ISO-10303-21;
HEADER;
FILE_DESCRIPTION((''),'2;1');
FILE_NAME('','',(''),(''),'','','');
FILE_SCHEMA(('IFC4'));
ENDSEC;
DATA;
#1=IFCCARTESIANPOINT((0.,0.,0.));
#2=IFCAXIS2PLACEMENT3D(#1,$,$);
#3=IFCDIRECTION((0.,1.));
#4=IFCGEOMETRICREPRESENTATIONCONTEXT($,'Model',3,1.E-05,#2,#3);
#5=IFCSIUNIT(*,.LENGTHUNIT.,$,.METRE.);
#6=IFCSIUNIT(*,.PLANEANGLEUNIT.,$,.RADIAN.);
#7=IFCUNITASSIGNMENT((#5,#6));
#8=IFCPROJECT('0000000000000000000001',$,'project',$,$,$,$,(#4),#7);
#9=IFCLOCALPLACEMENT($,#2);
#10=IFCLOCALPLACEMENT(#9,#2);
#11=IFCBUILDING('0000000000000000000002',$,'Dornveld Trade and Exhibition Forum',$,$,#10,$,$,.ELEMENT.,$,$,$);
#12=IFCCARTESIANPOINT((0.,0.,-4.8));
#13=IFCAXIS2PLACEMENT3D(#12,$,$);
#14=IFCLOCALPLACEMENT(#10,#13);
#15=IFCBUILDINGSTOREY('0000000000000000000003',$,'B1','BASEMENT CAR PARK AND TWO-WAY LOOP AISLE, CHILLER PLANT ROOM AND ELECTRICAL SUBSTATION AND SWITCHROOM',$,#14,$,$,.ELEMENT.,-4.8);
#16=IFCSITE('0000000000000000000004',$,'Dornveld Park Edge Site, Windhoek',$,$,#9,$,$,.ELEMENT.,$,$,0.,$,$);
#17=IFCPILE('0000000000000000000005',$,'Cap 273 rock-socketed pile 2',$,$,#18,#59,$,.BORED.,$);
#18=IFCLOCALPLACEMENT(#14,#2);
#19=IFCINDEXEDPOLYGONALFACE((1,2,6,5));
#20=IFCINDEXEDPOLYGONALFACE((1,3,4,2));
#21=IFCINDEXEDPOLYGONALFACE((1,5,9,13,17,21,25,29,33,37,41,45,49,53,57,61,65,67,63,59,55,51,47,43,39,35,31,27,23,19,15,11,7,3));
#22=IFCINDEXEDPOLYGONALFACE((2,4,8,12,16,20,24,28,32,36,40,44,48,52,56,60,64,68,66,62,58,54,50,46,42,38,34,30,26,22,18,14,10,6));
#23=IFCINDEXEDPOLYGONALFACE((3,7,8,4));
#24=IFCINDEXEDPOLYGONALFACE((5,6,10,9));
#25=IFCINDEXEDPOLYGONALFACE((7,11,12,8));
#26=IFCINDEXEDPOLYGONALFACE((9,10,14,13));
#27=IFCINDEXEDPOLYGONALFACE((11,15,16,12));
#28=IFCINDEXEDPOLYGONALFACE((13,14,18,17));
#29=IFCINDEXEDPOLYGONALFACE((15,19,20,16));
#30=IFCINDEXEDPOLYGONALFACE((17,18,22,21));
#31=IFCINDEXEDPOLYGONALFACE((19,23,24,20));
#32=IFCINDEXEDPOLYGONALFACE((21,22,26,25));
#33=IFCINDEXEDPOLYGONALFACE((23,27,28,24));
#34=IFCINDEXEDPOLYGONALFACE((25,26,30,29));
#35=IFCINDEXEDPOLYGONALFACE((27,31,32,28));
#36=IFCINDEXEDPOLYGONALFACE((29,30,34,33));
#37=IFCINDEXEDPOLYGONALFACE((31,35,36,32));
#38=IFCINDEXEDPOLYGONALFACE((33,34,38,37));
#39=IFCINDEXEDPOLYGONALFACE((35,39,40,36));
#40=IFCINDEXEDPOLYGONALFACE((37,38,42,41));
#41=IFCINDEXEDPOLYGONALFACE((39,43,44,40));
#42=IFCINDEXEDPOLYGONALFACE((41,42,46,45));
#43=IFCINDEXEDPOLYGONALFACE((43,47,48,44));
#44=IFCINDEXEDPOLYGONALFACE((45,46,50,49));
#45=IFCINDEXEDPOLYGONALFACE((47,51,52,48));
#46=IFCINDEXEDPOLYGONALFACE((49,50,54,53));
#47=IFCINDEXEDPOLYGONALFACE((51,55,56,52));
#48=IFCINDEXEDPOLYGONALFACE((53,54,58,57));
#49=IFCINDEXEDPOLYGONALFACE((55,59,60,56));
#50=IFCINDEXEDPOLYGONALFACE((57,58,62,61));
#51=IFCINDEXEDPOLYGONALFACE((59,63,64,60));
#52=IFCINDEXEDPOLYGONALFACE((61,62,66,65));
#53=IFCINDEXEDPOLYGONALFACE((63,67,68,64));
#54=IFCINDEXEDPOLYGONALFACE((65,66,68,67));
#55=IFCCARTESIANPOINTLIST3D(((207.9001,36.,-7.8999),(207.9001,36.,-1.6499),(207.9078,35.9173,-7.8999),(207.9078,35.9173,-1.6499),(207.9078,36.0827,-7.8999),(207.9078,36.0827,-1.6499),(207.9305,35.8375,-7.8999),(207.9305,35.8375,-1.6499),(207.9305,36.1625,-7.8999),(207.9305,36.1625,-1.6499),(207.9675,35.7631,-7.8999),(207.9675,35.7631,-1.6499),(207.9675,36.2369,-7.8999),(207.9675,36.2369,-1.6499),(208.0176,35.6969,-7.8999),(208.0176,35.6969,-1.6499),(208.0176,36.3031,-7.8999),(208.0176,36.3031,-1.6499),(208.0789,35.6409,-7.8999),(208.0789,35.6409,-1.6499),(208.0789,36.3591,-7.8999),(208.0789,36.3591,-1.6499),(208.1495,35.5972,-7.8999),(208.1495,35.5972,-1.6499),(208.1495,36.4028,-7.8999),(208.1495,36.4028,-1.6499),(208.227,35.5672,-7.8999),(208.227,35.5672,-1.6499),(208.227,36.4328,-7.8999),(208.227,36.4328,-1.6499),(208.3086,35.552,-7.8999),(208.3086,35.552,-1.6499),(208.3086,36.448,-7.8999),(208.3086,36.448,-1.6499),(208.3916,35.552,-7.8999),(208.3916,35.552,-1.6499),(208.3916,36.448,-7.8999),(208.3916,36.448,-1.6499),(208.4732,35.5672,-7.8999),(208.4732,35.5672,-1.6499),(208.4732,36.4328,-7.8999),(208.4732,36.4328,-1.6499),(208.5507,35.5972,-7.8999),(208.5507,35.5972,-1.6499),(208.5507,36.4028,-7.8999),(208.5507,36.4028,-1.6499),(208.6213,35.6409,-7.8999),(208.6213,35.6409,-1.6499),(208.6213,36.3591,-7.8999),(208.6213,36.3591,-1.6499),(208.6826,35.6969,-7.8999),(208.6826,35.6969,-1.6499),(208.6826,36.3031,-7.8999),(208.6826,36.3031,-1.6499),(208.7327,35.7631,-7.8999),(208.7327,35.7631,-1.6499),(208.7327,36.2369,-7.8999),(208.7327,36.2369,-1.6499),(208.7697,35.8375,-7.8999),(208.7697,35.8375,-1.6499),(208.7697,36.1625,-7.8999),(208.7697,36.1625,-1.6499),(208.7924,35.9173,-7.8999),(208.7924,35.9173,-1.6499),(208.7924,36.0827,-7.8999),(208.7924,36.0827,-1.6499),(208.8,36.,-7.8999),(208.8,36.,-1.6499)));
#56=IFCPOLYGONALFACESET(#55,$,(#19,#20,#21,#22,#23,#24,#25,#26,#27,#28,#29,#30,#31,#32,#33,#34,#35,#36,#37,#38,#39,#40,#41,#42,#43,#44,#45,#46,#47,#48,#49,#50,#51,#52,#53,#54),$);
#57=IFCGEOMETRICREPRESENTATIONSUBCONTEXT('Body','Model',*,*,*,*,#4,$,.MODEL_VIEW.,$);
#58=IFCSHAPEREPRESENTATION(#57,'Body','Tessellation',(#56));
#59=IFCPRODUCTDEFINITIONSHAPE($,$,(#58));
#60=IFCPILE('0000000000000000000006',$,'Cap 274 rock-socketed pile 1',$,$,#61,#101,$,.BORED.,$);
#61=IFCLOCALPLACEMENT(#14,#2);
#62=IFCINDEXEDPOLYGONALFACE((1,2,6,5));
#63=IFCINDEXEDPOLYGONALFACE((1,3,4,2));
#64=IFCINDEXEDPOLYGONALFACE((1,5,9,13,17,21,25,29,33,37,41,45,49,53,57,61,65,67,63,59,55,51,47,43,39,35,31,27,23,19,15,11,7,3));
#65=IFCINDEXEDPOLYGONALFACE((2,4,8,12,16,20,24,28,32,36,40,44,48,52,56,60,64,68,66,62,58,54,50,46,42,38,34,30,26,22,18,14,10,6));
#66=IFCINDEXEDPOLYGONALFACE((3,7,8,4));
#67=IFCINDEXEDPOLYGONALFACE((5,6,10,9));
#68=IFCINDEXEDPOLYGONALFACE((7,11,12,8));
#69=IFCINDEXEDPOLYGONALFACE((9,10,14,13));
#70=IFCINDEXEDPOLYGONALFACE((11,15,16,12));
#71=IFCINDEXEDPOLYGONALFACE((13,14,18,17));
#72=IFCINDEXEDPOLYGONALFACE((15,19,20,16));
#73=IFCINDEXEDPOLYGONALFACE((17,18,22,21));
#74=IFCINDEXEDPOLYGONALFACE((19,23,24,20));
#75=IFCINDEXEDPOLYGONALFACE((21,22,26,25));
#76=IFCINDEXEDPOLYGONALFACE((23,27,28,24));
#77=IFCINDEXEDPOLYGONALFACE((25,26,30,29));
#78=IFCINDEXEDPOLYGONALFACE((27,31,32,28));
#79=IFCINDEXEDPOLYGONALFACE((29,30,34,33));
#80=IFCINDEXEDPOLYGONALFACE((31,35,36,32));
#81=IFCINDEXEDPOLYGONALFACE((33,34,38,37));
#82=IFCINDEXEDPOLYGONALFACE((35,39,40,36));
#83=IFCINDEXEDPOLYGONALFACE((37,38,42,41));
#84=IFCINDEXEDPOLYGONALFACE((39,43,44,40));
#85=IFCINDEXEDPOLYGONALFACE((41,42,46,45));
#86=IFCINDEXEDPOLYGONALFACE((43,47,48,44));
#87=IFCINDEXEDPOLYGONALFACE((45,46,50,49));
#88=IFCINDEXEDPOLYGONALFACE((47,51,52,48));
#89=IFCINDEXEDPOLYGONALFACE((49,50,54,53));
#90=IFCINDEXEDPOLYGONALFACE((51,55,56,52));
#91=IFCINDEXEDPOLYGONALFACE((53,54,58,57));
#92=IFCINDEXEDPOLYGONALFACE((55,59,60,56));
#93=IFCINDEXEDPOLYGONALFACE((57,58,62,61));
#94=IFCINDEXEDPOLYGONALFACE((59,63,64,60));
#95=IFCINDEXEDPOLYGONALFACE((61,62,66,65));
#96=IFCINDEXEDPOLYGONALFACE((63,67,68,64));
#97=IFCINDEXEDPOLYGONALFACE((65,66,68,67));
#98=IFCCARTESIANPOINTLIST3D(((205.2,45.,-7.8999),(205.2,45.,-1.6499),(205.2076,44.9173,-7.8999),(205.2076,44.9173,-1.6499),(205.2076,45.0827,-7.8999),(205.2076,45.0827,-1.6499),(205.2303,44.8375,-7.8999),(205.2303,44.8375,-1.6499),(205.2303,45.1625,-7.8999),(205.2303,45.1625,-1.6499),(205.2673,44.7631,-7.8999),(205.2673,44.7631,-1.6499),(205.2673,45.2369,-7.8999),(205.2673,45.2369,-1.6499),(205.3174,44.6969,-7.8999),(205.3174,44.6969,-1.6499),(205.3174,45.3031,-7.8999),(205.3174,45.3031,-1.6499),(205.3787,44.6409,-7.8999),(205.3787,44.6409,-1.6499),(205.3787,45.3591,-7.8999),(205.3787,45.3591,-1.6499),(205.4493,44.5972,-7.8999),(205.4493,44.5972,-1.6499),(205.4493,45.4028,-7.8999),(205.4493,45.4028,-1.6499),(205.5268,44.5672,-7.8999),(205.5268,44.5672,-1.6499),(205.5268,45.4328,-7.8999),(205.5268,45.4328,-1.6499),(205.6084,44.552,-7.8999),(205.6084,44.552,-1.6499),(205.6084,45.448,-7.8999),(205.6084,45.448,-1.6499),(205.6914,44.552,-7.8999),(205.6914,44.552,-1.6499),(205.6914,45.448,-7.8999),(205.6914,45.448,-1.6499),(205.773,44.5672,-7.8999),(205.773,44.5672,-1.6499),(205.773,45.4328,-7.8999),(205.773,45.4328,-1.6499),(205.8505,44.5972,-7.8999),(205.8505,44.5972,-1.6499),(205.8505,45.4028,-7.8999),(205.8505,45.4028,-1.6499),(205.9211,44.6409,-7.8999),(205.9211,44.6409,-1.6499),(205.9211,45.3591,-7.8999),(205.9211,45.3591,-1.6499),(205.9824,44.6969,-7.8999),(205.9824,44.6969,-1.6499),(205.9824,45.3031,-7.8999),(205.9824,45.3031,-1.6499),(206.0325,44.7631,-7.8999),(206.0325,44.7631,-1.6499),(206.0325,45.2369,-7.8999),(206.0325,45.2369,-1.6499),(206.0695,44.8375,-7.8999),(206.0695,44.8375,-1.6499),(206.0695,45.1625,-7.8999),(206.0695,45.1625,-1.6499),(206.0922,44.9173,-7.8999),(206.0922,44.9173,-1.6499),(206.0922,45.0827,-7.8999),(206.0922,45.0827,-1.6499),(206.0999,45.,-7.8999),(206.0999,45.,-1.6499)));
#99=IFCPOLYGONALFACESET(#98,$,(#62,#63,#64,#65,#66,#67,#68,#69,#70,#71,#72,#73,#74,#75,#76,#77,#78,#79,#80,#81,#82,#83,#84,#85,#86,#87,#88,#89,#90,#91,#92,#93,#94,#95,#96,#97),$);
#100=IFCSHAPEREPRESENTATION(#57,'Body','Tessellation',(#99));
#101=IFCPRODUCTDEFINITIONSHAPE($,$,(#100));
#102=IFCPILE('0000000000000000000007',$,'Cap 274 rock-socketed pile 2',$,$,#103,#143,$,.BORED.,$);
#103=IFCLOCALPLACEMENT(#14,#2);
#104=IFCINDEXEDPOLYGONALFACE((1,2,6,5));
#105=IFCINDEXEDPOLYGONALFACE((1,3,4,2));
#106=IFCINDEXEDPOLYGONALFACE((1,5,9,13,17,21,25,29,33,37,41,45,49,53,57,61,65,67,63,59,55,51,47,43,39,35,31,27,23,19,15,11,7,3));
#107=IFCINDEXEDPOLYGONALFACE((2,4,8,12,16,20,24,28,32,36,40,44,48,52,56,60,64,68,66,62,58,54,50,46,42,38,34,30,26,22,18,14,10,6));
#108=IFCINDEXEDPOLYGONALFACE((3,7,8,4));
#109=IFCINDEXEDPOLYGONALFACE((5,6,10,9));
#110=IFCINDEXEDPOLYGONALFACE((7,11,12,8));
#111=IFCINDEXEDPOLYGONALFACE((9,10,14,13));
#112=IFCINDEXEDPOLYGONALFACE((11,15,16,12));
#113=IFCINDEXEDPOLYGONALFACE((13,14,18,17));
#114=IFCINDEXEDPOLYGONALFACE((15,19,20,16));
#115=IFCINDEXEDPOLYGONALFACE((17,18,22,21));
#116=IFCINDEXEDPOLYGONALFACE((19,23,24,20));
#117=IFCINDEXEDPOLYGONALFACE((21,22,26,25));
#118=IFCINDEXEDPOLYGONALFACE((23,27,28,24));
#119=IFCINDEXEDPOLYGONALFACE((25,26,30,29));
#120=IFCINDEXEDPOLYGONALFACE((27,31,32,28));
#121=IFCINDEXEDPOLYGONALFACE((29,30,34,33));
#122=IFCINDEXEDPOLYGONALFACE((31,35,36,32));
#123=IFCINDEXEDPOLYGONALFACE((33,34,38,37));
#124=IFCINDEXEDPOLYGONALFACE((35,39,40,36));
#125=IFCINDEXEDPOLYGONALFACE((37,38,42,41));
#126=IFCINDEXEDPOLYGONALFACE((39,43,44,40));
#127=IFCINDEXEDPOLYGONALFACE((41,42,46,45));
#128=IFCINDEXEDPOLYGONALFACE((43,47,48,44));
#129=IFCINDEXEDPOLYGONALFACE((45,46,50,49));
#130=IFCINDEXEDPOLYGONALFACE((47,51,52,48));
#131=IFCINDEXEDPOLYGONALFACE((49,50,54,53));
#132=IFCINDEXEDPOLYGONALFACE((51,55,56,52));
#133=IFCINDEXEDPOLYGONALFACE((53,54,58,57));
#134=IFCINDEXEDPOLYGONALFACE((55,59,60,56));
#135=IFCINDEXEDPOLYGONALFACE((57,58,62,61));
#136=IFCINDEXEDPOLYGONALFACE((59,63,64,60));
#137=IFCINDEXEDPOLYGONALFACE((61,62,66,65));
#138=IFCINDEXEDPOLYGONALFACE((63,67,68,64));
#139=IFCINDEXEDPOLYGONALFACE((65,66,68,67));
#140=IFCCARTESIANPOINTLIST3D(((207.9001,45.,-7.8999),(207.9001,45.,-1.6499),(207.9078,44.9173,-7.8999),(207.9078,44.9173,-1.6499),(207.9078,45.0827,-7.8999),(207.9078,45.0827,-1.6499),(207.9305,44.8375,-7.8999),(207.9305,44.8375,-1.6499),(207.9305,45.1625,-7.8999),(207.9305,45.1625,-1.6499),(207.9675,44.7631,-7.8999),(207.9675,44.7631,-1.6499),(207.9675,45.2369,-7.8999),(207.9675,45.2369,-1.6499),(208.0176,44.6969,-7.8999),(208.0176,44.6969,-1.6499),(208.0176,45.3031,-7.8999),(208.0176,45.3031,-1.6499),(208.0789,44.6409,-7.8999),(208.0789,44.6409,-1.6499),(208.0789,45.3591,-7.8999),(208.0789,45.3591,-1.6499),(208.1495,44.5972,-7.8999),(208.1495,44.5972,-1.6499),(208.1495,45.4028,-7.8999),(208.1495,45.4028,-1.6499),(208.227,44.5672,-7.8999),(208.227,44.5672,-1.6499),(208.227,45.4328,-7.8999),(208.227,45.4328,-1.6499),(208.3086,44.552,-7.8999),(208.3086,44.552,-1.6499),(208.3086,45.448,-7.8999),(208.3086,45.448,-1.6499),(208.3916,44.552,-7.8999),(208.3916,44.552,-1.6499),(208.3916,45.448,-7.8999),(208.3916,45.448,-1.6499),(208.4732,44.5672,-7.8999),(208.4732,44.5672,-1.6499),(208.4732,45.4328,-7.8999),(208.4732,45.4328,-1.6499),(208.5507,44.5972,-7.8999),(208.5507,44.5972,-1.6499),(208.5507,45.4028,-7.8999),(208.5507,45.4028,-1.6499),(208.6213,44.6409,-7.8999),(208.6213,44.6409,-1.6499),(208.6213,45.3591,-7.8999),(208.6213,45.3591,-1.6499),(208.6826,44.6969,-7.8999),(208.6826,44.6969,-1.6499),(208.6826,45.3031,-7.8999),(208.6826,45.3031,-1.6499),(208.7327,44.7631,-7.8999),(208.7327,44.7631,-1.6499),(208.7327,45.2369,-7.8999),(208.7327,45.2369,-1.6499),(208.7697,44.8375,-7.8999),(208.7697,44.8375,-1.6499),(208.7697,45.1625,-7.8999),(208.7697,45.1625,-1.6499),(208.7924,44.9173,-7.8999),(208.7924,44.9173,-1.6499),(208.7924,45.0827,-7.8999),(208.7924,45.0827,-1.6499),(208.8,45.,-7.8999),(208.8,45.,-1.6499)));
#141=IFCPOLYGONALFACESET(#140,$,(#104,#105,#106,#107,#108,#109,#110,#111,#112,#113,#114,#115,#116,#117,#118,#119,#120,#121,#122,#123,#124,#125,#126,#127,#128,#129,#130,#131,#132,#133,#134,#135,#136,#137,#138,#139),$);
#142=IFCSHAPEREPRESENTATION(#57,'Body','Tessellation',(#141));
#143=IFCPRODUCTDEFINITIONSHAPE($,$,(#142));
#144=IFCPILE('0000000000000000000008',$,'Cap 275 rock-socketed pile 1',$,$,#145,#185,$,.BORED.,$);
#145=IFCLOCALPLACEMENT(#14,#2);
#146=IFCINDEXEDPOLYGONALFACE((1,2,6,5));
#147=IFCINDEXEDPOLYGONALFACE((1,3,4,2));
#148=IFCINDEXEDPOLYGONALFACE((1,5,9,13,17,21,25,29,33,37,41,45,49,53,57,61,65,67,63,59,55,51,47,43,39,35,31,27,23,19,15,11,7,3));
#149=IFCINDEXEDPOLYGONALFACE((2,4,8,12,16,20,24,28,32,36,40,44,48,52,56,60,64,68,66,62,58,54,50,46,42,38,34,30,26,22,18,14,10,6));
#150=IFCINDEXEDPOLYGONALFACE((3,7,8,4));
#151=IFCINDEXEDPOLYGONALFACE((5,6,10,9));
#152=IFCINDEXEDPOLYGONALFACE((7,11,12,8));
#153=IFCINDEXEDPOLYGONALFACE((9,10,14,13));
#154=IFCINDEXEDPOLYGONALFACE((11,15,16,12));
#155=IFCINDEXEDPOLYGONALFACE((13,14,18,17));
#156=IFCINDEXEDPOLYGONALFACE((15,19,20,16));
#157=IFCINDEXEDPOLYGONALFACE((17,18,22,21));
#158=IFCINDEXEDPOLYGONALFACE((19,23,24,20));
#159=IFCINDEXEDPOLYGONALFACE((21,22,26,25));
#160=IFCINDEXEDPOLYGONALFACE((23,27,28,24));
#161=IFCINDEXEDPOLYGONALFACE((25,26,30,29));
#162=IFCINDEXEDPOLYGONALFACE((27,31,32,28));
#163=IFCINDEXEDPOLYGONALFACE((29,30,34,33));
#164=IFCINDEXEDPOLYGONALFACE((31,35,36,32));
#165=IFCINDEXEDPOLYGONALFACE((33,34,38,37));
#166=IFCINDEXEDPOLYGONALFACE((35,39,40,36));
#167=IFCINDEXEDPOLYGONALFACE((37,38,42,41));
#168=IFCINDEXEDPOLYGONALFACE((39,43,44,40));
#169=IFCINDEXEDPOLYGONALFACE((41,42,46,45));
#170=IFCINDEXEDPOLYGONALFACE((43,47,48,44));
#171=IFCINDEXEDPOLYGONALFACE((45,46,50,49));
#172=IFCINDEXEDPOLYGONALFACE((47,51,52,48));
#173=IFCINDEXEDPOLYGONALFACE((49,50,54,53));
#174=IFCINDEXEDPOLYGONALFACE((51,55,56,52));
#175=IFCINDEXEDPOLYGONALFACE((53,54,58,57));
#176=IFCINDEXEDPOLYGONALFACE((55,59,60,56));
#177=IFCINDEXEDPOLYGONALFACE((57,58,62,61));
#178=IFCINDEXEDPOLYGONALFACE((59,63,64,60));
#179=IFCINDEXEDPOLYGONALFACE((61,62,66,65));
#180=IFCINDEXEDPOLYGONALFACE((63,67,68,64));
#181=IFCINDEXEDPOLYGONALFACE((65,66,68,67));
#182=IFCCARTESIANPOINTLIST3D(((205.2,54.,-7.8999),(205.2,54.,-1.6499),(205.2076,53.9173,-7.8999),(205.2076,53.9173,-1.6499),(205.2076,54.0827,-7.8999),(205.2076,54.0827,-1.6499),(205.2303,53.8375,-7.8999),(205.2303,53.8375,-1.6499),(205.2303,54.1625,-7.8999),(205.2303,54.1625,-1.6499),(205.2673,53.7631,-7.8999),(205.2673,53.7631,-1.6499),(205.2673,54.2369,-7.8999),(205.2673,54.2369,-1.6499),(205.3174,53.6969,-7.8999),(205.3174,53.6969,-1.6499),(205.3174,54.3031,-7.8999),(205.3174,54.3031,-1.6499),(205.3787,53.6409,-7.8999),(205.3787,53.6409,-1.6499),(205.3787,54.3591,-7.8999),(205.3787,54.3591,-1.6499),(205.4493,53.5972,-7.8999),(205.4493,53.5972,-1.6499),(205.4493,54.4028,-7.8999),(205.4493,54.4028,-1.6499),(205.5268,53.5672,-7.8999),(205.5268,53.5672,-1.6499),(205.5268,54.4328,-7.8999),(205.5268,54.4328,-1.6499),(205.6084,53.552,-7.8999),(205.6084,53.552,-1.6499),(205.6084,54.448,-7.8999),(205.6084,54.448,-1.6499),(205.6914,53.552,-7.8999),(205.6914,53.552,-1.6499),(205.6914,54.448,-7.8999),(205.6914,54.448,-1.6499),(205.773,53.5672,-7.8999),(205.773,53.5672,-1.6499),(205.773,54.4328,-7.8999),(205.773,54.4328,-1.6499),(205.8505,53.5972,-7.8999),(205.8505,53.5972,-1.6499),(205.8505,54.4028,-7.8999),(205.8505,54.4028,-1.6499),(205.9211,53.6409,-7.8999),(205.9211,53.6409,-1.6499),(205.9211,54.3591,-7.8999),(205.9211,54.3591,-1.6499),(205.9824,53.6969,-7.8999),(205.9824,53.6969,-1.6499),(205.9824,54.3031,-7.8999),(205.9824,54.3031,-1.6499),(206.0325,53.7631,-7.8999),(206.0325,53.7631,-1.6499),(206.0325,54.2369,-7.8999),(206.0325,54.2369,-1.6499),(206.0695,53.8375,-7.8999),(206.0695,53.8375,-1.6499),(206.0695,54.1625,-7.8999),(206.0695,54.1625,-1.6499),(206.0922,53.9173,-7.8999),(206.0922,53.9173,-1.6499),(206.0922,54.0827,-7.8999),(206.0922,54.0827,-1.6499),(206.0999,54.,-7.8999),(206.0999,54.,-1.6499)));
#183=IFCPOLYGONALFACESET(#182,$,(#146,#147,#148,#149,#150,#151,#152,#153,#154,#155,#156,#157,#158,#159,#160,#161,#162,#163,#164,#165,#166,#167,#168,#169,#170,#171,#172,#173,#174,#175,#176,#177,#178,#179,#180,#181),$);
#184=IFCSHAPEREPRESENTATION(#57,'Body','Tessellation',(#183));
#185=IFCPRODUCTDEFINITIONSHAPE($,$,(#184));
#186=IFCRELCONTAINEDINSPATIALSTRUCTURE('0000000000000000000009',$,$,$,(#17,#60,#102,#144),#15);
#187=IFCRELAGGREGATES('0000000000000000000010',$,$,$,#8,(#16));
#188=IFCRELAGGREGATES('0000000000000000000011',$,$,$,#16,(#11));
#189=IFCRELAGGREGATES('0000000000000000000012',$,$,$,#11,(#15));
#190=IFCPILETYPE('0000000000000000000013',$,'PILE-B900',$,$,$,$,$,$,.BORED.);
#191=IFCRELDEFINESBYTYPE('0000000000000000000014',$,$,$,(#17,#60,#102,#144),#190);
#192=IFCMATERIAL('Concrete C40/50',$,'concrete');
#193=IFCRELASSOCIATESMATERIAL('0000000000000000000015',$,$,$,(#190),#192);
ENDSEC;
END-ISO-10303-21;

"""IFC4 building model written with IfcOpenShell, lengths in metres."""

from ifc_helpers import new_model, si_unit, direction, frame, origin, origin_2d, place, context, subcontext, project, spatial, circle, extrude, material, material_profile, profile_set, type_object, element, save


model = new_model("IFC4")

# Units and contexts
model_context = context("Model", 3, precision=1e-05, world=origin(), true_north=direction((0.0, 1.0)))
body_context = subcontext(model_context, "Body", "Model", "MODEL_VIEW")
ifc_project = project(units=[si_unit("LENGTHUNIT", "METRE"), si_unit("PLANEANGLEUNIT", "RADIAN")], contexts=[model_context])

# Site, building, storey
site_placement = place(None, origin())
site = spatial("IfcSite", under=ifc_project, at=site_placement, Name="Dornveld Park Edge Site, Windhoek", CompositionType="ELEMENT", RefElevation=0.0)
building_placement = place(site_placement, origin())
building = spatial("IfcBuilding", under=site, at=building_placement, Name="Dornveld Trade and Exhibition Forum", CompositionType="ELEMENT")
storey_placement = place(building_placement, frame((0.0, 0.0, -4.8)))
storey = spatial("IfcBuildingStorey", under=building, at=storey_placement, Name="B1", Description="BASEMENT CAR PARK AND TWO-WAY LOOP AISLE, CHILLER PLANT ROOM AND ELECTRICAL SUBSTATION AND SWITCHROOM", CompositionType="ELEMENT", Elevation=-4.8)

# Piles
ifc_material_1 = material(Name="Concrete C40/50", Category="concrete")
ifc_material_profile_1 = material_profile(ifc_material_1, circle(Radius=0.45, at=origin_2d()), Name="PILE D900")
ifc_profile_set_1 = profile_set([ifc_material_profile_1], Name="Concrete C40/50")
pile_type = type_object("IfcPileType", Name="PILE-B900", PredefinedType="BORED", material=ifc_profile_set_1)
for number, where, z_axis, x_axis, name in (
    (1, (208.3501, 36.0, -1.6499), (0.0, 0.0, -1.0), (1.0, 0.0, 0.0), "Cap 273 rock-socketed pile 2"),
    (2, (205.6499, 45.0, -1.6499), (0.0, 0.0, -1.0), (1.0, 0.0, 0.0), "Cap 274 rock-socketed pile 1"),
    (3, (208.3501, 45.0, -1.6499), (0.0, 0.0, -1.0), (1.0, 0.0, 0.0), "Cap 274 rock-socketed pile 2"),
    (4, (205.6499, 54.0, -1.6499), (0.0, 0.0, -1.0), (1.0, 0.0, 0.0), "Cap 275 rock-socketed pile 1"),
):
    element("IfcPile", number, at=place(storey_placement, frame(where, z_axis=z_axis, x_axis=x_axis)), inside=storey, type_object=pile_type, Name=name, PredefinedType="BORED", context=body_context, shape_type="SweptSolid", body=[
        extrude(circle(Radius=0.45, at=origin_2d()), origin(), (0.0, 0.0, 1.0), 6.25),
    ])

save(model, "model.ifc")
